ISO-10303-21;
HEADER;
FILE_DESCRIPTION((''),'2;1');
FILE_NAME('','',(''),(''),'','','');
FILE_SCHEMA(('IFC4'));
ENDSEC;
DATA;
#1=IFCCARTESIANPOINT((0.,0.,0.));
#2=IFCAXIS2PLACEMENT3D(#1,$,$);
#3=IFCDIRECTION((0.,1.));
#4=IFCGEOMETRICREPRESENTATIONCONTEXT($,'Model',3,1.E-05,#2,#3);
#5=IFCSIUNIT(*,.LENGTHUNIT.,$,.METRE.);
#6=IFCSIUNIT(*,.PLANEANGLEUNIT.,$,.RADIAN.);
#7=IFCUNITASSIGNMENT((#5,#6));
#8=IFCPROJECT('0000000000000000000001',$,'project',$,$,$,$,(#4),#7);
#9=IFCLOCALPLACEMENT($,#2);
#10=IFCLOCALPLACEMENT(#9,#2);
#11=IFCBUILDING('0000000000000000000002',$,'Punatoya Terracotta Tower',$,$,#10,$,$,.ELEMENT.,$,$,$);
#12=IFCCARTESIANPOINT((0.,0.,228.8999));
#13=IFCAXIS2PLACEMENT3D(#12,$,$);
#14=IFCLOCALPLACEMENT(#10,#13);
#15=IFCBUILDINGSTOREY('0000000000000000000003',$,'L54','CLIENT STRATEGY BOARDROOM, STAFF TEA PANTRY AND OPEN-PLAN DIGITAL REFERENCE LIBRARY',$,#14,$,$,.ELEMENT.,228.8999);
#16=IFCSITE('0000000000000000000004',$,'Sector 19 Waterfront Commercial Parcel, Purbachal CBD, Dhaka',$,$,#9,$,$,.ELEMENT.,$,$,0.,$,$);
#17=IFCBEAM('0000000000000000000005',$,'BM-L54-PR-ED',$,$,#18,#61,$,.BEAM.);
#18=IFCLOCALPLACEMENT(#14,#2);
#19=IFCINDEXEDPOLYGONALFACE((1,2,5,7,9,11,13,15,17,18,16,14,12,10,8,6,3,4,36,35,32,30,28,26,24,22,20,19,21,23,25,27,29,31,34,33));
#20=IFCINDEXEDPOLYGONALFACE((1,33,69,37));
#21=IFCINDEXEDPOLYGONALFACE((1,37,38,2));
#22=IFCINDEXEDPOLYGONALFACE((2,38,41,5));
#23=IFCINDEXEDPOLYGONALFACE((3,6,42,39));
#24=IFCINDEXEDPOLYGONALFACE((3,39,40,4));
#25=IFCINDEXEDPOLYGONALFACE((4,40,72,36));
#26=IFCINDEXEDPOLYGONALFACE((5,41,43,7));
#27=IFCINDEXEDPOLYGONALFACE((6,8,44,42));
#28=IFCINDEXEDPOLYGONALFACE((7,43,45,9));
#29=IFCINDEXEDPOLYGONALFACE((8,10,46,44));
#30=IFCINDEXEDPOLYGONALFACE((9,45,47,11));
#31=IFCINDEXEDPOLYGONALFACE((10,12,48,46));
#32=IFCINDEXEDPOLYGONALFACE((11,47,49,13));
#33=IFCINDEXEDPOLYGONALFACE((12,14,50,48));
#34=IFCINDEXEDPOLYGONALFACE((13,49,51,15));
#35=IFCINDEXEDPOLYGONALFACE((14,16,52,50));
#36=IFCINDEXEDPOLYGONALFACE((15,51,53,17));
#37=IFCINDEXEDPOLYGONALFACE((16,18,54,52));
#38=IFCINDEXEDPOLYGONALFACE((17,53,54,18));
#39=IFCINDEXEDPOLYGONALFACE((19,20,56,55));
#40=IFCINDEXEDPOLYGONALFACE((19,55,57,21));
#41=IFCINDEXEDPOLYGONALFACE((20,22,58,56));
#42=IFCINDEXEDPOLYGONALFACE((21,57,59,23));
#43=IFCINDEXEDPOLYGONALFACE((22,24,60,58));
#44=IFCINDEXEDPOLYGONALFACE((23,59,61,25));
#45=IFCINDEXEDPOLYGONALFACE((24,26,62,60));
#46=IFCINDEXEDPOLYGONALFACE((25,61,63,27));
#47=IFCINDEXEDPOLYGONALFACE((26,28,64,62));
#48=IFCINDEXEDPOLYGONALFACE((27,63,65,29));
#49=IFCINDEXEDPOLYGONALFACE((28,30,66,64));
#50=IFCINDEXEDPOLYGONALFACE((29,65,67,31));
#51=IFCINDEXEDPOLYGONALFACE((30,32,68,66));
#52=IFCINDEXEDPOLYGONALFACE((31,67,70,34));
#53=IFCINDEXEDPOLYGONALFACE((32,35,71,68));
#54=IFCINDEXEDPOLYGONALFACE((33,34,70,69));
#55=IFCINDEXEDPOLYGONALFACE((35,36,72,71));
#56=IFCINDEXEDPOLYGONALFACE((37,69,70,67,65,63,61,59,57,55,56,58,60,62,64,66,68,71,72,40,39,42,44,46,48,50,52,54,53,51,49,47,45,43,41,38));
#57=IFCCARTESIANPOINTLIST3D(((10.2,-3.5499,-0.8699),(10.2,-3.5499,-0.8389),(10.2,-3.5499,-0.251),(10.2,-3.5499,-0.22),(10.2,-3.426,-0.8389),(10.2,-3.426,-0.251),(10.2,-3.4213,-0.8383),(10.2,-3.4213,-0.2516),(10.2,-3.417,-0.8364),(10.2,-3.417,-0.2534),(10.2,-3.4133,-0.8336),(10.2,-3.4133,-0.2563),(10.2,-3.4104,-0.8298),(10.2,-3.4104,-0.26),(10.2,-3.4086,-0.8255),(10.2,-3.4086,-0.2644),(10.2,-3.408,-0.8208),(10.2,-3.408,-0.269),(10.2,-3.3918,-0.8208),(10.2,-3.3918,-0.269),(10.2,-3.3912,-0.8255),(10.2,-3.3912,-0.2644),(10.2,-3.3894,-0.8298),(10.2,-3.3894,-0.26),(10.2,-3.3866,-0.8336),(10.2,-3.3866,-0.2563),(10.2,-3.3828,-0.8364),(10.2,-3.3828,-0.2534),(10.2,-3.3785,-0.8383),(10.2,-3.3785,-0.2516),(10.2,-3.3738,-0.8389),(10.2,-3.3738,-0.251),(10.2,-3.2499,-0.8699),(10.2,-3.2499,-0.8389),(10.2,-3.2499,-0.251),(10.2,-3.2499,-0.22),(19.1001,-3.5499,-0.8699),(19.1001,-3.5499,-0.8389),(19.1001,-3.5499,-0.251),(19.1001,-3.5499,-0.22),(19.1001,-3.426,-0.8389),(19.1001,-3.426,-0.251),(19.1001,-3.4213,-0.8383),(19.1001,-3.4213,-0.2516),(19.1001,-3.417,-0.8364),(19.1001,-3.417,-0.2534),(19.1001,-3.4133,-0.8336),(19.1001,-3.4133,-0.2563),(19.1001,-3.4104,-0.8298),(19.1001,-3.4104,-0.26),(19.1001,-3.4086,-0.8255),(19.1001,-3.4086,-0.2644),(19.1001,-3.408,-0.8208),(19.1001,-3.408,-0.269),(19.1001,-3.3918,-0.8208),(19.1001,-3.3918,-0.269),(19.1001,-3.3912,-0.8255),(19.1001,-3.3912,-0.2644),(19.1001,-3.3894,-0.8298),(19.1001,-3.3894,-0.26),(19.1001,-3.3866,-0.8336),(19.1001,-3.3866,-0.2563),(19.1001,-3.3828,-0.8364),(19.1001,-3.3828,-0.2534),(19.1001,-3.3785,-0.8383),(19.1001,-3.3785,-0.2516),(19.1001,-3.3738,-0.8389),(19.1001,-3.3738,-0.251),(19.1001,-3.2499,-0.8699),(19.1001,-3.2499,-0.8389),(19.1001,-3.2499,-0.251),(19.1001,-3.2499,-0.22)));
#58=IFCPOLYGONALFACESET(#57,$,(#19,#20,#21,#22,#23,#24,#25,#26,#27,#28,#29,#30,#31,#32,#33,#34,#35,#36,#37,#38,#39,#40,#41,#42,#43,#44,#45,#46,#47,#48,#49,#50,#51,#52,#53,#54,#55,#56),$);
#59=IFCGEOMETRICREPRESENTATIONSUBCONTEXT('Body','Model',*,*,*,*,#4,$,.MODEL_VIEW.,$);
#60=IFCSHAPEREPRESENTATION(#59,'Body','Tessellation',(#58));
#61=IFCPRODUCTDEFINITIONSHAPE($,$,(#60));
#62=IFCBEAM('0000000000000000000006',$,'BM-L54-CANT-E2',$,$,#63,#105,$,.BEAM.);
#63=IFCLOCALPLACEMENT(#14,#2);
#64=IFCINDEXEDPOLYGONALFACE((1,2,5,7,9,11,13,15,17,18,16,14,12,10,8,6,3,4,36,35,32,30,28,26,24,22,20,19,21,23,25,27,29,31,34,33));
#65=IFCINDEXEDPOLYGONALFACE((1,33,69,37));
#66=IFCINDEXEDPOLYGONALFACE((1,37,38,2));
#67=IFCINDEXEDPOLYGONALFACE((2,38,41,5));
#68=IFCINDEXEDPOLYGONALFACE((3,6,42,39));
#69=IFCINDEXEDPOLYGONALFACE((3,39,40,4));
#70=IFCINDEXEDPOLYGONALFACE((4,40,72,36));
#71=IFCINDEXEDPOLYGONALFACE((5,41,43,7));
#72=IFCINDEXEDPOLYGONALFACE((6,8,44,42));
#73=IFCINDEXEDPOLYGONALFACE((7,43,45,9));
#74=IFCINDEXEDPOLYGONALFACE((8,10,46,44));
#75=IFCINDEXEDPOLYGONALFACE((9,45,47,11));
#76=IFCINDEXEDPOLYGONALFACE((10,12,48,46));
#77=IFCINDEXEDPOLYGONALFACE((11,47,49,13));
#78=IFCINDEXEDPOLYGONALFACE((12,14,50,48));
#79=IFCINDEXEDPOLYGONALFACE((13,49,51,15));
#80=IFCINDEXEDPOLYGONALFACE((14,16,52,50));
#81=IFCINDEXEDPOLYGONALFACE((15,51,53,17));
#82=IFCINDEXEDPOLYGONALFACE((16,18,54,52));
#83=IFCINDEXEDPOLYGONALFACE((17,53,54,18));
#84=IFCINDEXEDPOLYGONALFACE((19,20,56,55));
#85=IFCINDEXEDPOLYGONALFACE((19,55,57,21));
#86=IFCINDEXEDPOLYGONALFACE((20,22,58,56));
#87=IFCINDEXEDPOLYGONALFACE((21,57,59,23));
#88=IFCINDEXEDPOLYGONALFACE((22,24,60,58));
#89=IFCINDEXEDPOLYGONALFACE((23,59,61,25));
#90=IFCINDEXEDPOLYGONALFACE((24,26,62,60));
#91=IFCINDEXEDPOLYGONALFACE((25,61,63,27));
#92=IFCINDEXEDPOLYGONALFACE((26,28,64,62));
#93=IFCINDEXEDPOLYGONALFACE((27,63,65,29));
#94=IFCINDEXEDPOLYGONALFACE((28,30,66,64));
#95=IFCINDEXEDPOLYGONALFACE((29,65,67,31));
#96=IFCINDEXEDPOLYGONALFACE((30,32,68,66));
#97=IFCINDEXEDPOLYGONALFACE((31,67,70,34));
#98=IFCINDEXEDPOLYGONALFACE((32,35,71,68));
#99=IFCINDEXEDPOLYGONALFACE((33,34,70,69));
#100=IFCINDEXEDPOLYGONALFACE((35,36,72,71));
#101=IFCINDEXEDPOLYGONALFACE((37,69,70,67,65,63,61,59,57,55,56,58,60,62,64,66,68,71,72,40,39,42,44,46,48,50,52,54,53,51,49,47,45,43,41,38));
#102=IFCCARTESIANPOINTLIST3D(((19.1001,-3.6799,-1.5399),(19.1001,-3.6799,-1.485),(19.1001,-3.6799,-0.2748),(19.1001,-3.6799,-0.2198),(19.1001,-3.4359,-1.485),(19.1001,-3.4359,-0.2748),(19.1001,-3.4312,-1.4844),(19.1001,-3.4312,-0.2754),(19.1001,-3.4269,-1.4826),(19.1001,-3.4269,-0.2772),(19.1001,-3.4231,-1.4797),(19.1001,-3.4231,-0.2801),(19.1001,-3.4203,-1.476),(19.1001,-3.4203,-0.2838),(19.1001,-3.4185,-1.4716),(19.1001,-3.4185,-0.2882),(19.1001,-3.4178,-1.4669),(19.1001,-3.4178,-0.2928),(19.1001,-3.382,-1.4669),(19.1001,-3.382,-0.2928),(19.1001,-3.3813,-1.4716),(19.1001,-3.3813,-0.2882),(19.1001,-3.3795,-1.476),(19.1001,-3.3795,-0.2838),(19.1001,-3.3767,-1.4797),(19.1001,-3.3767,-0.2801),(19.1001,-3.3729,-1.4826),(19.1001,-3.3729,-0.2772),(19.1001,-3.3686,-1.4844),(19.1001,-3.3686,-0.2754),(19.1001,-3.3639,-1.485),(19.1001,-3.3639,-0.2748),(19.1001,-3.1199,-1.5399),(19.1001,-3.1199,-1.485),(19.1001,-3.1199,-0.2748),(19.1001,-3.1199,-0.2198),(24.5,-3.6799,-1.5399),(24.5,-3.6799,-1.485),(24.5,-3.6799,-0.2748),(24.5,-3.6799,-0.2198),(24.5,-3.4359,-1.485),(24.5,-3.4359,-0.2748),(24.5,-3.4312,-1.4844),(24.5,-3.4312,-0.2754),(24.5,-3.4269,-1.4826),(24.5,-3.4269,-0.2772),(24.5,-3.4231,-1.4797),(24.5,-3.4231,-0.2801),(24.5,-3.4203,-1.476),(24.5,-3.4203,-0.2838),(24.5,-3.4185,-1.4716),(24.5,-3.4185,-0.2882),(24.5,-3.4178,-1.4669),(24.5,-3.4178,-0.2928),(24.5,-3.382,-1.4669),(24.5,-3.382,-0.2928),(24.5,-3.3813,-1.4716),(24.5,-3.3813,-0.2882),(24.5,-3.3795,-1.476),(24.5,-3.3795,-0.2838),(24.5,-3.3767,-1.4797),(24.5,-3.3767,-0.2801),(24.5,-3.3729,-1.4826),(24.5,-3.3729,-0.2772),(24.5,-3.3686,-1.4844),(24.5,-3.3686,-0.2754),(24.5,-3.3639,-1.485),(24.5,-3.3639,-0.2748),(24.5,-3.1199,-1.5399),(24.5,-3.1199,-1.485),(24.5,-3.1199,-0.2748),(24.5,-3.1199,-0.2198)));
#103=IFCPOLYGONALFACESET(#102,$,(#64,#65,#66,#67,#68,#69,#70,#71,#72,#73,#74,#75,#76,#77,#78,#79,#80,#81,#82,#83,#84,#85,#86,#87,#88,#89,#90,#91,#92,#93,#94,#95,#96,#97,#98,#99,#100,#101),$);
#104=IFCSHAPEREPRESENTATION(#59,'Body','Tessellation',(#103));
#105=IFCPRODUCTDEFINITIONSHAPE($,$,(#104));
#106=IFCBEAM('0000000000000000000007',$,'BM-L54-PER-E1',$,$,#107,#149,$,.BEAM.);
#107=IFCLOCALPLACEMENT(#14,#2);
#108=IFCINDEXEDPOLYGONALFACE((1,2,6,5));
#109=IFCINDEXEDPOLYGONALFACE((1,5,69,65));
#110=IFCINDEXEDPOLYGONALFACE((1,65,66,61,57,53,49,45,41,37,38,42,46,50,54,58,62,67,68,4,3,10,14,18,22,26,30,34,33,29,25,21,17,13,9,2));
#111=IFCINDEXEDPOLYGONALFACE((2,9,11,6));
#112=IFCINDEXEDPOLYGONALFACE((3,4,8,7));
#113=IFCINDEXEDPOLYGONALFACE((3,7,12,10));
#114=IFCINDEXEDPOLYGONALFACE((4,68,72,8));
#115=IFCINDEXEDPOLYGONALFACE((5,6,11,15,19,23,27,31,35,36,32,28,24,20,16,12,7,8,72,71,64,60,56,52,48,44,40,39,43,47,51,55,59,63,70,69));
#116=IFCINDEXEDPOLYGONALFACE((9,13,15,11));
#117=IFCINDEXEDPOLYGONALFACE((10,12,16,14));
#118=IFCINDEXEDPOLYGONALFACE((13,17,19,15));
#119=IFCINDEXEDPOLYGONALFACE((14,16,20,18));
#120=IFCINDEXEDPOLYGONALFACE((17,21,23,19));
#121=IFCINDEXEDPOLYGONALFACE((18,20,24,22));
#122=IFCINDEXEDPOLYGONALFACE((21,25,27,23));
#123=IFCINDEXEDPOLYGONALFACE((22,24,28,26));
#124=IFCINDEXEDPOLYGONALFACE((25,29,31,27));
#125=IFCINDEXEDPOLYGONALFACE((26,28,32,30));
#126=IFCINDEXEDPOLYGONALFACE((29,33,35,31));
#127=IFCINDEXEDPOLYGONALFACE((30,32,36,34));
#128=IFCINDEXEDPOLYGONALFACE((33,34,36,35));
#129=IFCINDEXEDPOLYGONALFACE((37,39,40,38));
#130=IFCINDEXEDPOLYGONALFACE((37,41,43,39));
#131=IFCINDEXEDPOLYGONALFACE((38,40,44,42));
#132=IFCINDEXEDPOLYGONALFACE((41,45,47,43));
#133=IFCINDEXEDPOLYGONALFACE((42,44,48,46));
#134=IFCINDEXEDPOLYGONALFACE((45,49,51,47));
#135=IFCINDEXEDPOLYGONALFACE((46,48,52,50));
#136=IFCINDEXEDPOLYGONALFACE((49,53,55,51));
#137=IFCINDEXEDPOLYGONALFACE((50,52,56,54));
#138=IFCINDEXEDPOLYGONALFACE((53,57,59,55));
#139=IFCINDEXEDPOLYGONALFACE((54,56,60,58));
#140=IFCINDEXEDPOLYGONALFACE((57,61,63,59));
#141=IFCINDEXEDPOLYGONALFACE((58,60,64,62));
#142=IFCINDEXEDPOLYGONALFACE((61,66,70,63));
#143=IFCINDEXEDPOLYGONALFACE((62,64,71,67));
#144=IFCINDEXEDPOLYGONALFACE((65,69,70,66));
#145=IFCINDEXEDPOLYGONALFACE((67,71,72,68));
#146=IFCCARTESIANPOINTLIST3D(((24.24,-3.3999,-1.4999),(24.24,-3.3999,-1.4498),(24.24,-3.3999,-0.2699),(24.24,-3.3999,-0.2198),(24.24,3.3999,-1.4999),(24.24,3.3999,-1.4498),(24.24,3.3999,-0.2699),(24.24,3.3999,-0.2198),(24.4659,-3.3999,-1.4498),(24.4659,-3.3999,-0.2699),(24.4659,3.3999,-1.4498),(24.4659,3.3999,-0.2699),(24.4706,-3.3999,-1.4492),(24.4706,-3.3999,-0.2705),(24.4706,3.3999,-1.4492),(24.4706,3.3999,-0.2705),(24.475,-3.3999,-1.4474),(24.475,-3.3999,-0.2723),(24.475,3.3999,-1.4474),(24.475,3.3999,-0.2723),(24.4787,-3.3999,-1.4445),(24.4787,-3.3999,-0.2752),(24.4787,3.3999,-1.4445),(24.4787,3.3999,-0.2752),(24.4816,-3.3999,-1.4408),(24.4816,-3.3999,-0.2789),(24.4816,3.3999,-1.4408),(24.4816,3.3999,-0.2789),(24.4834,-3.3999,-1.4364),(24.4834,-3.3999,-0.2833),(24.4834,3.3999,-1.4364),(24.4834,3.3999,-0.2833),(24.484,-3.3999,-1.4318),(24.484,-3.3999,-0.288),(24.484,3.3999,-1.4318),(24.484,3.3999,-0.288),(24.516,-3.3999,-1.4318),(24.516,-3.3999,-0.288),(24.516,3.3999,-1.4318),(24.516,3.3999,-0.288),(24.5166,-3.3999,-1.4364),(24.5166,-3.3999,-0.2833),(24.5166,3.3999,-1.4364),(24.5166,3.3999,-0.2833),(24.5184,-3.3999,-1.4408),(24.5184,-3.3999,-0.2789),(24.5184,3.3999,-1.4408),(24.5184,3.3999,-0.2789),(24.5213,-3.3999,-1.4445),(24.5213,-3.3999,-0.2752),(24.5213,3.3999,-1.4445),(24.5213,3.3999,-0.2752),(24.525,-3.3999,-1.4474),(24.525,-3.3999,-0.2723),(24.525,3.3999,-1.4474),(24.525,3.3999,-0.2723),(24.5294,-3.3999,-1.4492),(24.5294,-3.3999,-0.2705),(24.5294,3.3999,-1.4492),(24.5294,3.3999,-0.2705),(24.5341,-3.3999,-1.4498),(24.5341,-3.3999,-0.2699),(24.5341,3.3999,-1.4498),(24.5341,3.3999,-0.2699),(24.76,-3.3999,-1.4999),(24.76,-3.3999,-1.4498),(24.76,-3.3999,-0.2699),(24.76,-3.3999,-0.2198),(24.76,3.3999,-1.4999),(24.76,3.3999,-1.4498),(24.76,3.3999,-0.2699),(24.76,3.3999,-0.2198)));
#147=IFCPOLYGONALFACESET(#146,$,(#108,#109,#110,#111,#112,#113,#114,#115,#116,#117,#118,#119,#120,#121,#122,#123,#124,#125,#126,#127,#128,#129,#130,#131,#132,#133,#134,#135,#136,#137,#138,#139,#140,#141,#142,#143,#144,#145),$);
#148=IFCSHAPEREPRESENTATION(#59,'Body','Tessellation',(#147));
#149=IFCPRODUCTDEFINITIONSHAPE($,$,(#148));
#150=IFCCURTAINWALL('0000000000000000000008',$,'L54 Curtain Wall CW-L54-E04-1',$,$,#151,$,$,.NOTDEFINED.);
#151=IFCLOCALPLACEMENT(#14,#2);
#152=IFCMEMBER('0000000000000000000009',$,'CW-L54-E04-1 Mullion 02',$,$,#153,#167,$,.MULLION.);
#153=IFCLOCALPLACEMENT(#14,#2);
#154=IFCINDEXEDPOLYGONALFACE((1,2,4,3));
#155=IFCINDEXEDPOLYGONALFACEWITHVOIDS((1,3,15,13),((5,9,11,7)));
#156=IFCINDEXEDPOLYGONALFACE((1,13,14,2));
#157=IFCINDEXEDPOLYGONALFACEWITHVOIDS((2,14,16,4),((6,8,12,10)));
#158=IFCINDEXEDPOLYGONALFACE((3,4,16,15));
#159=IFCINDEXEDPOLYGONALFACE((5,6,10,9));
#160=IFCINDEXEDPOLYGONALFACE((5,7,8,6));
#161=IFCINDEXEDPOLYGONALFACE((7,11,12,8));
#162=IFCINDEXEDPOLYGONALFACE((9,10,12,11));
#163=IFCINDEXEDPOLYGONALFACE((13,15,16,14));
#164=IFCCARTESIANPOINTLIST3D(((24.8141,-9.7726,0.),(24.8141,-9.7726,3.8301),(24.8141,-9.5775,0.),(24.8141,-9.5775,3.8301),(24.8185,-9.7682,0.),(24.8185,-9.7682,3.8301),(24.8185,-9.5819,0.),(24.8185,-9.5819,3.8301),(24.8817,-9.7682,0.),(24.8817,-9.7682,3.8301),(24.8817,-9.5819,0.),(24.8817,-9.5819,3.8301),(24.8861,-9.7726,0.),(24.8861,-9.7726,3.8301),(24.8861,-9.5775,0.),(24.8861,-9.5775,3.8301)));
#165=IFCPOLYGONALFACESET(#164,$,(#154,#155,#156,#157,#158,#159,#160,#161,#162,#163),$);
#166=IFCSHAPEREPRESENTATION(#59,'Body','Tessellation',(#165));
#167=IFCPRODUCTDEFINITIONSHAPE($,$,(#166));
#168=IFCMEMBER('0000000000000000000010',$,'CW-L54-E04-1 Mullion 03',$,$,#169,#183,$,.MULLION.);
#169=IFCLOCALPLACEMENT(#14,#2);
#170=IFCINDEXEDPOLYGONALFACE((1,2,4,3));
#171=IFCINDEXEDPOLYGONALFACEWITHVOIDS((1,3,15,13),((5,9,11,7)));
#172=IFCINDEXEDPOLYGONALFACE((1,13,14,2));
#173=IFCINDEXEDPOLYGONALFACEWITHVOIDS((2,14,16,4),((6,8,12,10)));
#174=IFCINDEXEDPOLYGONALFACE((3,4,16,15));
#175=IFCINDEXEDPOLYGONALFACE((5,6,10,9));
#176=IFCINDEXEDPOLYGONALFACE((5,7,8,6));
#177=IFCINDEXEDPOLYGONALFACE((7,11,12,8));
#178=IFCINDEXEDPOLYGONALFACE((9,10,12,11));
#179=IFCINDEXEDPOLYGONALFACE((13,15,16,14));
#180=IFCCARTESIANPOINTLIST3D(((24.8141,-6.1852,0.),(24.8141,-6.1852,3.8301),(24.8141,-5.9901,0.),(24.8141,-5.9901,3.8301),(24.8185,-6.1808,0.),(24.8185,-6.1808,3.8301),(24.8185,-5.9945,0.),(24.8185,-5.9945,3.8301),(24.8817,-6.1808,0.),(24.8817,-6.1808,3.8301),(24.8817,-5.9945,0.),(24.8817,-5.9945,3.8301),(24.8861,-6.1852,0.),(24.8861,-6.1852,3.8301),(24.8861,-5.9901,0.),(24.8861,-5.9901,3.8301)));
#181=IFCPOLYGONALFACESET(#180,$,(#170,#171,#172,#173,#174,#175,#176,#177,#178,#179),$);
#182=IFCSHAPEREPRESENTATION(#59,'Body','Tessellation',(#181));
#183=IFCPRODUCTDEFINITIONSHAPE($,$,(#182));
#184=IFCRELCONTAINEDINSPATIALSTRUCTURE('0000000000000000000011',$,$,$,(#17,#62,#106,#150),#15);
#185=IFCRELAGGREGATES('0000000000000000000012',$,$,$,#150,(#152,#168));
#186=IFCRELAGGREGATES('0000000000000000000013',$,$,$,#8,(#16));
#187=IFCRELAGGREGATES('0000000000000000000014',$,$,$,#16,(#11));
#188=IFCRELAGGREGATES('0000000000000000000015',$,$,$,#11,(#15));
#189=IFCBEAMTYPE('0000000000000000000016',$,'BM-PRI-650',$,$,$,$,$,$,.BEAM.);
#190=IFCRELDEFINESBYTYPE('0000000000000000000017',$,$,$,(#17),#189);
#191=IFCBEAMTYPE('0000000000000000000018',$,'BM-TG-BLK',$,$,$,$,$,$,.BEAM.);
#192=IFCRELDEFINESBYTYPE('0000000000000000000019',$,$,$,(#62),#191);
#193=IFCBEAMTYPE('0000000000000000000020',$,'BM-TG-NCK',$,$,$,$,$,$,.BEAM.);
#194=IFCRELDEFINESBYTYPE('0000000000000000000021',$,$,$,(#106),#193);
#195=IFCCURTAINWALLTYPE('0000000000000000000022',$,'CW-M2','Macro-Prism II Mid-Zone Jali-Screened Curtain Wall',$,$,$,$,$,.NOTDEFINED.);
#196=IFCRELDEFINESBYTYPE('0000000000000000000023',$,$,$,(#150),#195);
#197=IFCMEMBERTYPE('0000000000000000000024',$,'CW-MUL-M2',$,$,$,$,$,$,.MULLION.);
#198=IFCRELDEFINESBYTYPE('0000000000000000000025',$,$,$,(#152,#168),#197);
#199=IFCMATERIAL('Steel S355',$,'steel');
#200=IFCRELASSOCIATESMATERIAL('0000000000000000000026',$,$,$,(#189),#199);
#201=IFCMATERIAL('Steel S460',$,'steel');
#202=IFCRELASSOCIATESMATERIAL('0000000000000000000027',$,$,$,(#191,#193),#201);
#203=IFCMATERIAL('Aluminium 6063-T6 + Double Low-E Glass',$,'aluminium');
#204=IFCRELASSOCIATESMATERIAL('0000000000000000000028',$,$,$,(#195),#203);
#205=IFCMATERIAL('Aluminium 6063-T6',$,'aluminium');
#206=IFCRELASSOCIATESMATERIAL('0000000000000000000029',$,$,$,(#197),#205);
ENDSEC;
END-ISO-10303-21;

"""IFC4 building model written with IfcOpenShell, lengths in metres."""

from ifc_helpers import new_model, si_unit, direction, frame, origin, origin_2d, place, context, subcontext, project, spatial, hollow_rectangle, i_section, extrude, material, material_profile, profile_set, type_object, element, aggregate, save


model = new_model("IFC4")

# Units and contexts
model_context = context("Model", 3, precision=1e-05, world=origin(), true_north=direction((0.0, 1.0)))
body_context = subcontext(model_context, "Body", "Model", "MODEL_VIEW")
ifc_project = project(units=[si_unit("LENGTHUNIT", "METRE"), si_unit("PLANEANGLEUNIT", "RADIAN")], contexts=[model_context])

# Site, building, storey
site_placement = place(None, origin())
site = spatial("IfcSite", under=ifc_project, at=site_placement, Name="Sector 19 Waterfront Commercial Parcel, Purbachal CBD, Dhaka", CompositionType="ELEMENT", RefElevation=0.0)
building_placement = place(site_placement, origin())
building = spatial("IfcBuilding", under=site, at=building_placement, Name="Punatoya Terracotta Tower", CompositionType="ELEMENT")
storey_placement = place(building_placement, frame((0.0, 0.0, 228.8999)))
storey = spatial("IfcBuildingStorey", under=building, at=storey_placement, Name="L54", Description="CLIENT STRATEGY BOARDROOM, STAFF TEA PANTRY AND OPEN-PLAN DIGITAL REFERENCE LIBRARY", CompositionType="ELEMENT", Elevation=228.8999)

# Shared definitions
ifc_material_1 = material(Name="Steel S460", Category="steel")

# Beams
ifc_material_2 = material(Name="Steel S355", Category="steel")
ifc_material_profile_1 = material_profile(ifc_material_2, i_section(OverallWidth=0.3, OverallDepth=0.6499, WebThickness=0.0161, FlangeThickness=0.031, FilletRadius=0.0181, at=origin_2d()))
ifc_profile_set_1 = profile_set([ifc_material_profile_1], Name="Steel S355")
beam_type_1 = type_object("IfcBeamType", Name="BM-PRI-650", PredefinedType="BEAM", material=ifc_profile_set_1)
for number, where, z_axis, x_axis, name in (
    (1, (10.2, -3.3999, -0.5449), (1.0, 0.0, 0.0), (0.0, 1.0, 0.0), "BM-L54-PR-ED"),
):
    element("IfcBeam", number, at=place(storey_placement, frame(where, z_axis=z_axis, x_axis=x_axis)), inside=storey, type_object=beam_type_1, Name=name, PredefinedType="BEAM", context=body_context, shape_type="SweptSolid", body=[
        extrude(i_section(OverallWidth=0.3, OverallDepth=0.6499, WebThickness=0.0161, FlangeThickness=0.031, FilletRadius=0.0181, at=origin_2d()), origin(), (0.0, 0.0, 1.0), 8.9001),
    ])
ifc_material_profile_2 = material_profile(ifc_material_1, i_section(OverallWidth=0.5601, OverallDepth=1.3201, WebThickness=0.0359, FlangeThickness=0.0549, FilletRadius=0.0181, at=origin_2d()))
ifc_profile_set_2 = profile_set([ifc_material_profile_2], Name="Steel S460")
beam_type_2 = type_object("IfcBeamType", Name="BM-TG-BLK", PredefinedType="BEAM", material=ifc_profile_set_2)
beam_1_placement = place(storey_placement, frame((19.1001, -3.3999, -0.8799), z_axis=(1.0, 0.0, 0.0), x_axis=(0.0, 1.0, 0.0)))
element("IfcBeam", 2, at=beam_1_placement, inside=storey, type_object=beam_type_2, Name="BM-L54-CANT-E2", PredefinedType="BEAM", context=body_context, shape_type="SweptSolid", body=[
    extrude(i_section(OverallWidth=0.5601, OverallDepth=1.3201, WebThickness=0.0359, FlangeThickness=0.0549, FilletRadius=0.0181, at=origin_2d()), origin(), (0.0, 0.0, 1.0), 5.3999),
])
ifc_material_profile_3 = material_profile(ifc_material_1, i_section(OverallWidth=0.52, OverallDepth=1.28, WebThickness=0.032, FlangeThickness=0.05, FilletRadius=0.0181, at=origin_2d()))
ifc_profile_set_3 = profile_set([ifc_material_profile_3], Name="Steel S460")
beam_type_3 = type_object("IfcBeamType", Name="BM-TG-NCK", PredefinedType="BEAM", material=ifc_profile_set_3)
beam_2_placement = place(storey_placement, frame((24.5, -3.3999, -0.8599), z_axis=(0.0, 1.0, 0.0), x_axis=(-1.0, 0.0, 0.0)))
element("IfcBeam", 3, at=beam_2_placement, inside=storey, type_object=beam_type_3, Name="BM-L54-PER-E1", PredefinedType="BEAM", context=body_context, shape_type="SweptSolid", body=[
    extrude(i_section(OverallWidth=0.52, OverallDepth=1.28, WebThickness=0.032, FlangeThickness=0.05, FilletRadius=0.0181, at=origin_2d()), origin(), (0.0, 0.0, 1.0), 6.7998),
])

# Curtain wall, members
ifc_material_3 = material(Name="Aluminium 6063-T6 + Double Low-E Glass", Category="aluminium")
curtain_wall_type = type_object("IfcCurtainWallType", Name="CW-M2", Description="Macro-Prism II Mid-Zone Jali-Screened Curtain Wall", PredefinedType="NOTDEFINED", material=ifc_material_3)
curtain_wall_placement = place(storey_placement, origin())
curtain_wall = element("IfcCurtainWall", 4, at=curtain_wall_placement, inside=storey, type_object=curtain_wall_type, Name="L54 Curtain Wall CW-L54-E04-1", PredefinedType="NOTDEFINED")
ifc_material_4 = material(Name="Aluminium 6063-T6", Category="aluminium")
ifc_material_profile_4 = material_profile(ifc_material_4, hollow_rectangle(XDim=0.072, YDim=0.1951, WallThickness=0.0044, at=origin_2d()))
ifc_profile_set_4 = profile_set([ifc_material_profile_4], Name="Aluminium 6063-T6")
member_type = type_object("IfcMemberType", Name="CW-MUL-M2", PredefinedType="MULLION", material=ifc_profile_set_4)
member_1_placement = place(storey_placement, frame((24.8501, -9.675, 0.0), z_axis=(0.0, 0.0, 1.0), x_axis=(1.0, 0.0, 0.0)))
member_1 = element("IfcMember", 5, at=member_1_placement, type_object=member_type, Name="CW-L54-E04-1 Mullion 02", PredefinedType="MULLION", context=body_context, shape_type="SweptSolid", body=[
    extrude(hollow_rectangle(XDim=0.072, YDim=0.1951, WallThickness=0.0044, at=origin_2d()), origin(), (0.0, 0.0, 1.0), 3.8301),
])
member_2_placement = place(storey_placement, frame((24.8501, -6.0876, 0.0), z_axis=(0.0, 0.0, 1.0), x_axis=(1.0, 0.0, 0.0)))
member_2 = element("IfcMember", 6, at=member_2_placement, type_object=member_type, Name="CW-L54-E04-1 Mullion 03", PredefinedType="MULLION", context=body_context, shape_type="SweptSolid", body=[
    extrude(hollow_rectangle(XDim=0.072, YDim=0.1951, WallThickness=0.0044, at=origin_2d()), origin(), (0.0, 0.0, 1.0), 3.8301),
])
aggregate(curtain_wall, [member_1, member_2])

save(model, "model.ifc")
